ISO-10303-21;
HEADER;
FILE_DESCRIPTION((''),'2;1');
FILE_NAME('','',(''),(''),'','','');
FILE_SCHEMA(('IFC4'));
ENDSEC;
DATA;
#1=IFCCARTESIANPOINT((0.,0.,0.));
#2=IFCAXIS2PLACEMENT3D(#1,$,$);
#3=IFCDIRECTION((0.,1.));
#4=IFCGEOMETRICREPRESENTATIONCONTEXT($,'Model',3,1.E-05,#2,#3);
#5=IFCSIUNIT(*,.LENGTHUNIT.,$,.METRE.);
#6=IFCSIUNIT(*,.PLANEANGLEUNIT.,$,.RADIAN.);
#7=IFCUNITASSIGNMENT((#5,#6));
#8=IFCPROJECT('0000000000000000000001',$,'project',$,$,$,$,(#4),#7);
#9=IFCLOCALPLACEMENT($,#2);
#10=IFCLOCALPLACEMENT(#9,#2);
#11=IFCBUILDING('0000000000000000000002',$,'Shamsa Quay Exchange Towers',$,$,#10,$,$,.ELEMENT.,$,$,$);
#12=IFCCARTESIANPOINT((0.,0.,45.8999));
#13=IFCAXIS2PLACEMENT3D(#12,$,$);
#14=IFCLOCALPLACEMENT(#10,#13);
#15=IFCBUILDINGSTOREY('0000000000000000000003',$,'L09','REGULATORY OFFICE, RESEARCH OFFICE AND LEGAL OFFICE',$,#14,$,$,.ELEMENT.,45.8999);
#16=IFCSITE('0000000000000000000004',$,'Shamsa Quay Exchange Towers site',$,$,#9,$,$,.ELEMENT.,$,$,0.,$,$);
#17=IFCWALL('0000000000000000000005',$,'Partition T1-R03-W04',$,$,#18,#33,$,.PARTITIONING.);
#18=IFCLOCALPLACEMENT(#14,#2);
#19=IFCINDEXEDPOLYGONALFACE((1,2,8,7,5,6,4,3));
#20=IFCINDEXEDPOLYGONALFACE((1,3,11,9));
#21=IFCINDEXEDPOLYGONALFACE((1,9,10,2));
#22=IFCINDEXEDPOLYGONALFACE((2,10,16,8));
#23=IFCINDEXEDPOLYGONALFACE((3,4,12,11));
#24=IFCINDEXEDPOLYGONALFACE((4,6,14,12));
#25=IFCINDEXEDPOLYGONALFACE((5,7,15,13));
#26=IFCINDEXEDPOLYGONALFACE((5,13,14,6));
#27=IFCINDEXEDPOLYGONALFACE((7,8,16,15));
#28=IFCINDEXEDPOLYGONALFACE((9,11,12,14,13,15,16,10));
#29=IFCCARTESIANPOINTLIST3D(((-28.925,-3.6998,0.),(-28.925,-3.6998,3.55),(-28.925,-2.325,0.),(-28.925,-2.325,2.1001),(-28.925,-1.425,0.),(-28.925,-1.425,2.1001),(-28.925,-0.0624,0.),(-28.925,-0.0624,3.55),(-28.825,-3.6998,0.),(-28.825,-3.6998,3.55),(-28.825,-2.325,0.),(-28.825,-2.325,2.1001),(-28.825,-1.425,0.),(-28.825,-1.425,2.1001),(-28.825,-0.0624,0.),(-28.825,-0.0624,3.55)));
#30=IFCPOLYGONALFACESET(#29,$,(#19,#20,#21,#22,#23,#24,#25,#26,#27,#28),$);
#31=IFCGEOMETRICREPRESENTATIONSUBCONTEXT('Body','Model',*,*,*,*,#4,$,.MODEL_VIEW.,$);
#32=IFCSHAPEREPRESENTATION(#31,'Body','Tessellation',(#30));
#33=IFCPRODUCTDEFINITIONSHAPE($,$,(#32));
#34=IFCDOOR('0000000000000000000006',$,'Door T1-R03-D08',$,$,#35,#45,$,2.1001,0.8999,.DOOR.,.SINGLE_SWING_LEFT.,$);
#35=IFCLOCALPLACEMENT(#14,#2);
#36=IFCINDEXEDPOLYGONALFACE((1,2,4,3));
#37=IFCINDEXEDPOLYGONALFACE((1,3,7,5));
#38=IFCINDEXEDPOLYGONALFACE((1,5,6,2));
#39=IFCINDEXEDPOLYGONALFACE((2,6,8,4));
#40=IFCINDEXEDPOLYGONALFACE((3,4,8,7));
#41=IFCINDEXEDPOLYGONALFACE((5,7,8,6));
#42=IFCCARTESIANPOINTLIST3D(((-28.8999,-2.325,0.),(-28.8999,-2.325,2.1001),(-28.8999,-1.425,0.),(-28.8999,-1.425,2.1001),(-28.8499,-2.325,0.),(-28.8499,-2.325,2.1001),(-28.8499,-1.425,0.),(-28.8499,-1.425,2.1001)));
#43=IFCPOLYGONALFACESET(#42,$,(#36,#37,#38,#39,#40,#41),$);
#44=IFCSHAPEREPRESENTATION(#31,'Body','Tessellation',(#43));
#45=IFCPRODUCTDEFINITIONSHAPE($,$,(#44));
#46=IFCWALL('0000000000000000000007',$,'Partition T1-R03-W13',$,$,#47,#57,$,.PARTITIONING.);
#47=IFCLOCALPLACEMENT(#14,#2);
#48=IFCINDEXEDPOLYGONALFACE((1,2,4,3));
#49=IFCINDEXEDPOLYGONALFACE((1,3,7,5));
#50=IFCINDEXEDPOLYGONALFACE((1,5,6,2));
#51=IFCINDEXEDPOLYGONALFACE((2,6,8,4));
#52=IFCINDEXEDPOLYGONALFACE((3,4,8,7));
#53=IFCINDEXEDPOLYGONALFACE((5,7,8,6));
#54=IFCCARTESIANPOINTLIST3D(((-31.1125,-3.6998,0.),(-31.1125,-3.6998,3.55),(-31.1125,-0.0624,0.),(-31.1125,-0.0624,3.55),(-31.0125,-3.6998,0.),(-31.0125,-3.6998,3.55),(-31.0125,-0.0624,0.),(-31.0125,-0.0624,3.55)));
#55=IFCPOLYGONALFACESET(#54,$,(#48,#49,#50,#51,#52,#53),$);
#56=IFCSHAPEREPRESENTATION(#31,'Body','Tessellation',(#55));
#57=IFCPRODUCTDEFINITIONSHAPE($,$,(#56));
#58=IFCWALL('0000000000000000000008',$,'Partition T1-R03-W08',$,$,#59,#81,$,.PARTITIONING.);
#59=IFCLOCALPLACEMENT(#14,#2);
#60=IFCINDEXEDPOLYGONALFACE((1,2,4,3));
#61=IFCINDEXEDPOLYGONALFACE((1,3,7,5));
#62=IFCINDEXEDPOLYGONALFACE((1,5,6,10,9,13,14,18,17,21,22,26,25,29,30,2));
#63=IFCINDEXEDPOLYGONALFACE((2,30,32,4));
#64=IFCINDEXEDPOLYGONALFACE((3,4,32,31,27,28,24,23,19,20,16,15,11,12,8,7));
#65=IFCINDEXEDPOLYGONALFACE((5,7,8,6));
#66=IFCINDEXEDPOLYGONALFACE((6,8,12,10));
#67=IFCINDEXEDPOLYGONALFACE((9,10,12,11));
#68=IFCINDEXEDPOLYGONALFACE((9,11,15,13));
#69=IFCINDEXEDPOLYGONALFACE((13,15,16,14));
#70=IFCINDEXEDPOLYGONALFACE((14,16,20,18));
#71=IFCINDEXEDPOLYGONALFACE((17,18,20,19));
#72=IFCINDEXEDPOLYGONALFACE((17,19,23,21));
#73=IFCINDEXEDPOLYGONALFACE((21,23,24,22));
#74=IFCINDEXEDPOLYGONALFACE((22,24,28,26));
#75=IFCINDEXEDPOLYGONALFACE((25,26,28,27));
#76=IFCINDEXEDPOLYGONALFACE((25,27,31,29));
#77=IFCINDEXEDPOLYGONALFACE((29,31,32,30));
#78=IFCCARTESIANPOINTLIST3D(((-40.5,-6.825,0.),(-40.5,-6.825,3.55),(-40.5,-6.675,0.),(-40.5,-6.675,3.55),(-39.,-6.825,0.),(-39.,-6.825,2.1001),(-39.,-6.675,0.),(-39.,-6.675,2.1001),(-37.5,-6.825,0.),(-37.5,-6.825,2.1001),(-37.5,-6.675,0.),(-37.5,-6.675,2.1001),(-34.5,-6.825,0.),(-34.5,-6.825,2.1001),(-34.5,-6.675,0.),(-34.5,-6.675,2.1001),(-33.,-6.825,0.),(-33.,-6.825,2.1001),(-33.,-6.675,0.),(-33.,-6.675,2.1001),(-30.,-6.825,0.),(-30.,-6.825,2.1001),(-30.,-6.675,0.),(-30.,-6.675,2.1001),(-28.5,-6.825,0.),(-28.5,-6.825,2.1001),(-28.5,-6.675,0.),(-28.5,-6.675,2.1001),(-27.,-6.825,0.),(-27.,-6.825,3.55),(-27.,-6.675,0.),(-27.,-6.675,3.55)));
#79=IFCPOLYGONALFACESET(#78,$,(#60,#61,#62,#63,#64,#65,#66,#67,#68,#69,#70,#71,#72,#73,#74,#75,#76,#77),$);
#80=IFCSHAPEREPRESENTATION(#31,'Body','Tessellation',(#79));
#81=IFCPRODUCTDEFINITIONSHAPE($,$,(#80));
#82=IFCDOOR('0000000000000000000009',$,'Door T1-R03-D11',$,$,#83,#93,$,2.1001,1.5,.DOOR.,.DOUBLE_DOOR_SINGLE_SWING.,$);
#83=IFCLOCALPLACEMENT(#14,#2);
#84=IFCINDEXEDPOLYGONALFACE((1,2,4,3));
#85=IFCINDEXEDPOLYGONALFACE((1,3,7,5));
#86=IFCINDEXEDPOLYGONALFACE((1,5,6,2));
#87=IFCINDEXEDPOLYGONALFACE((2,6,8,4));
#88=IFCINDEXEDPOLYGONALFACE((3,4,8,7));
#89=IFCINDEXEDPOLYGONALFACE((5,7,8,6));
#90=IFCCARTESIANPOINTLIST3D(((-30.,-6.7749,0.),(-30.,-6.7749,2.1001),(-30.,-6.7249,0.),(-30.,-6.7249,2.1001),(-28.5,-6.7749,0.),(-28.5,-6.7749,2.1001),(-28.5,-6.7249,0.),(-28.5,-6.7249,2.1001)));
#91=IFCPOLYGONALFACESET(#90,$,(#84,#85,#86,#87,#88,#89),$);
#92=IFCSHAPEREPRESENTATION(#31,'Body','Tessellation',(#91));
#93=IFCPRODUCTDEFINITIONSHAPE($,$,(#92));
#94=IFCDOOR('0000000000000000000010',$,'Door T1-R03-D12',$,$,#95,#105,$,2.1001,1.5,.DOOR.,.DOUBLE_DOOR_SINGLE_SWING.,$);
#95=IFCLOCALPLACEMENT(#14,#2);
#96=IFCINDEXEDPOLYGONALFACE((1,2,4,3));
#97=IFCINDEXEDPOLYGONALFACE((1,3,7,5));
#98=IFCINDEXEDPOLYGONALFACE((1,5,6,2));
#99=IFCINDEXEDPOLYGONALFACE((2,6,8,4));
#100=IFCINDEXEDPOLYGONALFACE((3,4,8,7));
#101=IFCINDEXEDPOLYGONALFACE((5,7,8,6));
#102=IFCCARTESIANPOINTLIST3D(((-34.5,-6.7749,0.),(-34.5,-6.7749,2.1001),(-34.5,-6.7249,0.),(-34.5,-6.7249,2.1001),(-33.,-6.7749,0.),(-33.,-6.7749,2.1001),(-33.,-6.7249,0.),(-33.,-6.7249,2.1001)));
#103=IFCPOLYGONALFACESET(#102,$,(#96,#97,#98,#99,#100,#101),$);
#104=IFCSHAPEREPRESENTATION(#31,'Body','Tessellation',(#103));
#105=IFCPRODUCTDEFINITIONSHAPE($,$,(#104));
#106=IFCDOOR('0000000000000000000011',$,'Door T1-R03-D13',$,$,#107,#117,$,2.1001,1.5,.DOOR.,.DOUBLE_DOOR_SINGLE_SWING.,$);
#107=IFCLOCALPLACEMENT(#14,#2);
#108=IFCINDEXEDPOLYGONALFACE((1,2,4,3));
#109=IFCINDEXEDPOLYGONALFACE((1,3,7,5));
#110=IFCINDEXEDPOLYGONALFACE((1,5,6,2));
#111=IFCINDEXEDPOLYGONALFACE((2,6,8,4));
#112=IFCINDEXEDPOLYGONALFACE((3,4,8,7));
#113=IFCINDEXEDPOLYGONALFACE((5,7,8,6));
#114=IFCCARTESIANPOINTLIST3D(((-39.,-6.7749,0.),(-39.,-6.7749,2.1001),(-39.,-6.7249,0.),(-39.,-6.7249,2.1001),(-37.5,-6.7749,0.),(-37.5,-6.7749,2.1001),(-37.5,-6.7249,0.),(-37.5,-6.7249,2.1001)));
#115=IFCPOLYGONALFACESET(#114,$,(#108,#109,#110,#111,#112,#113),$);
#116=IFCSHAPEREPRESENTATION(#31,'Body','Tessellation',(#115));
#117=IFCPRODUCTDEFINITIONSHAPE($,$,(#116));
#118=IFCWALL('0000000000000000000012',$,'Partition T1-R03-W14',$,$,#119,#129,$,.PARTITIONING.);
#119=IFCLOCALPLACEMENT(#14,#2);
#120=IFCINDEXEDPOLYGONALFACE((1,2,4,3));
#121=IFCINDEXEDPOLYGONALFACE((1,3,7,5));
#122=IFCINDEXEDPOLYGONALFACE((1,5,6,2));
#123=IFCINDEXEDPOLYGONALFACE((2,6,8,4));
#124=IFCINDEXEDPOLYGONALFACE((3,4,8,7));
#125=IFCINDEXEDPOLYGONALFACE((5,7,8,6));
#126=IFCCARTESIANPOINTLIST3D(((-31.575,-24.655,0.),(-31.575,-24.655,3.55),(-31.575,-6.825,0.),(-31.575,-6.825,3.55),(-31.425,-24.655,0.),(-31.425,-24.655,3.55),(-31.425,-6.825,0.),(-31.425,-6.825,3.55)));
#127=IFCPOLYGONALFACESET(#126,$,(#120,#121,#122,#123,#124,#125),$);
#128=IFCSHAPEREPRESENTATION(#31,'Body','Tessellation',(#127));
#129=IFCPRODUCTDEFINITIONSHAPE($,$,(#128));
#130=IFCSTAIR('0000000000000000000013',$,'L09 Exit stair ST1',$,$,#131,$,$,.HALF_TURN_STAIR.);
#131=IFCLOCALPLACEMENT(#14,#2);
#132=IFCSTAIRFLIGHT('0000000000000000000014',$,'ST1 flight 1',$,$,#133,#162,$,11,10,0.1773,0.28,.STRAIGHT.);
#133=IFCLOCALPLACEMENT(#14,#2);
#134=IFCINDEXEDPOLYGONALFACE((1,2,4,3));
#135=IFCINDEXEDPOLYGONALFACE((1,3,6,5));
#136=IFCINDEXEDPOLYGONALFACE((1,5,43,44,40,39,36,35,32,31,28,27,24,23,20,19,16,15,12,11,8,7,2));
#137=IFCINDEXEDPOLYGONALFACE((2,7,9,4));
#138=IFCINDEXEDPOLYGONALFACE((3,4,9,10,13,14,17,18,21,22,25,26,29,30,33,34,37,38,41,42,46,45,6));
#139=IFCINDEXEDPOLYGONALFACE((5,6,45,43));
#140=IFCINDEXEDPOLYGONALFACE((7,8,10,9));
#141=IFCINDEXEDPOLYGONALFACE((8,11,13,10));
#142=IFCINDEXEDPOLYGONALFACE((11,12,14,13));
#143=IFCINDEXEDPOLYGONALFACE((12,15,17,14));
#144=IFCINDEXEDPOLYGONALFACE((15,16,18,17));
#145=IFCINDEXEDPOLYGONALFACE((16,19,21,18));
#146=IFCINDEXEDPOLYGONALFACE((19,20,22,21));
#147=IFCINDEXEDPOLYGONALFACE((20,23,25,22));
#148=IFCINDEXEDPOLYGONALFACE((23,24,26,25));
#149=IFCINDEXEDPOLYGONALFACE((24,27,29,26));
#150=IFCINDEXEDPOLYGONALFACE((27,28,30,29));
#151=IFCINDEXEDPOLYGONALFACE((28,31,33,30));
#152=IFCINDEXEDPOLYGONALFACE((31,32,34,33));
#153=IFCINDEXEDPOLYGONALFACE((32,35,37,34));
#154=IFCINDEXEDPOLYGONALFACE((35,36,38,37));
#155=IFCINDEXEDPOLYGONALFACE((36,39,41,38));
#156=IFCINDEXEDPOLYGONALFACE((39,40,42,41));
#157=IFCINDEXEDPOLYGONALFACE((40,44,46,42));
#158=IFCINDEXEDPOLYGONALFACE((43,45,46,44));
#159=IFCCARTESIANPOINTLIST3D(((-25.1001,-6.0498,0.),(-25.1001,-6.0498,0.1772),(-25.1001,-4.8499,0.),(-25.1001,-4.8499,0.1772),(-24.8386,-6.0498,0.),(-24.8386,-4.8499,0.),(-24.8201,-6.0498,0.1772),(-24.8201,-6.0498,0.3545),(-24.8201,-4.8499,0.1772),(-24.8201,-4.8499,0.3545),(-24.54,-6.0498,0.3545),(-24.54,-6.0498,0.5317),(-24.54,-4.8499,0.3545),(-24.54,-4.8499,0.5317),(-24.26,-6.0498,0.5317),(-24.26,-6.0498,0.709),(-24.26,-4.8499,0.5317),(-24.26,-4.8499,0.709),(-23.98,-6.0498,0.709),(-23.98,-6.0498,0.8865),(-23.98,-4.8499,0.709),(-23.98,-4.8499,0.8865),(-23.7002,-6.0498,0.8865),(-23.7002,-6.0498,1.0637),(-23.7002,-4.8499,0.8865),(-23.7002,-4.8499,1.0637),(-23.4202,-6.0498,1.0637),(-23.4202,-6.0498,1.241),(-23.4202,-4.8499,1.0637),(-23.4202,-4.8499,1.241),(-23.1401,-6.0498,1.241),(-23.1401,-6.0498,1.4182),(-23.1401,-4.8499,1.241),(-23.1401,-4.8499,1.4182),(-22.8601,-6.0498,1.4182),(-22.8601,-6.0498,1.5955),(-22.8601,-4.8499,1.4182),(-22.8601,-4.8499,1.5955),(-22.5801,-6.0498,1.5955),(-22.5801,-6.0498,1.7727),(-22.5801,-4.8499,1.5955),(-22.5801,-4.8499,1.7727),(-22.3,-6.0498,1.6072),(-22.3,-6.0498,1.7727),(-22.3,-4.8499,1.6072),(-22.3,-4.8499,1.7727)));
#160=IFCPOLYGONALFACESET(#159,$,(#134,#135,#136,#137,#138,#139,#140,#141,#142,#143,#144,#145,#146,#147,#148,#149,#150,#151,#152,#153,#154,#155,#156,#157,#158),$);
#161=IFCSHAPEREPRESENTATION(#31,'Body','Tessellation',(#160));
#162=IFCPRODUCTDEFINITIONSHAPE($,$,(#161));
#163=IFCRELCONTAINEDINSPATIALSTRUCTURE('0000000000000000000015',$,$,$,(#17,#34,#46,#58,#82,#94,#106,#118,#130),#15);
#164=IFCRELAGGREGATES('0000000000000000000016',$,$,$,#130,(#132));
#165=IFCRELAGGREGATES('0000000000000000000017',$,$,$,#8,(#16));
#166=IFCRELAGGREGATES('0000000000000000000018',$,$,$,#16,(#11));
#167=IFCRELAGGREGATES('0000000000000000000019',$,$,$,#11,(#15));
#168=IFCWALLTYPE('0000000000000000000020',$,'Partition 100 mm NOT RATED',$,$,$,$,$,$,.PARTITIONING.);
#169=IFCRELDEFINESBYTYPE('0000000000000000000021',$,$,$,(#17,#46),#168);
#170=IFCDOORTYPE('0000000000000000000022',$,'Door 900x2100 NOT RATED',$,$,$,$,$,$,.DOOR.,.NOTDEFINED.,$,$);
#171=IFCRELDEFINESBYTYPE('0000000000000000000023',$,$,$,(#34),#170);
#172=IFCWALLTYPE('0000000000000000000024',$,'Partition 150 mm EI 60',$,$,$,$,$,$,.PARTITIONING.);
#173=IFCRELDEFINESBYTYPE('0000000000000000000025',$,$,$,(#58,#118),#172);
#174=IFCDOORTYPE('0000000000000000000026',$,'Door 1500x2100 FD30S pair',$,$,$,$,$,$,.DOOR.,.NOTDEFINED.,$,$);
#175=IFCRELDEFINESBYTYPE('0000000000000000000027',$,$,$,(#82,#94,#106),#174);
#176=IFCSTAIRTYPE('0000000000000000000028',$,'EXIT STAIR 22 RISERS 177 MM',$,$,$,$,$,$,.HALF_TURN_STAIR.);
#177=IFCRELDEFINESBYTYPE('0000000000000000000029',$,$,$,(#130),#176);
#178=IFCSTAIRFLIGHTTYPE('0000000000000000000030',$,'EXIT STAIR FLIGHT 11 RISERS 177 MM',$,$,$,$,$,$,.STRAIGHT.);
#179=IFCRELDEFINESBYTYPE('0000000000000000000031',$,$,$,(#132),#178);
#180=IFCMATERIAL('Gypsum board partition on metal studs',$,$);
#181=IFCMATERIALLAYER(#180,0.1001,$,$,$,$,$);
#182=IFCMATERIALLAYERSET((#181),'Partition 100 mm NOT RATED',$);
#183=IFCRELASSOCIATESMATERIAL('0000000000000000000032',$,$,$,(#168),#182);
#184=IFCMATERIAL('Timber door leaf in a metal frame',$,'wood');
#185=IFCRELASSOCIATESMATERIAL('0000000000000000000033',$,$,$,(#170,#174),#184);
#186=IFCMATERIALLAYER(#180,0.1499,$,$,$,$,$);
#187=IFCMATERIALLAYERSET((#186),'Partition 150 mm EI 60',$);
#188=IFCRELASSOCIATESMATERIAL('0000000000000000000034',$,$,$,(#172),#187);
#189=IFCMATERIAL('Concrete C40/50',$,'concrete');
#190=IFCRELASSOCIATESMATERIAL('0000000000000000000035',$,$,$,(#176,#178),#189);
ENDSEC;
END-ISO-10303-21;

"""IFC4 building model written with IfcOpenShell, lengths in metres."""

from ifc_helpers import new_model, si_unit, direction, frame, frame_2d, origin, place, context, subcontext, project, spatial, polyline, rectangle, outline, extrude, material, layer, layer_set, type_object, element, fill, aggregate, save


model = new_model("IFC4")

# Units and contexts
model_context = context("Model", 3, precision=1e-05, world=origin(), true_north=direction((0.0, 1.0)))
body_context = subcontext(model_context, "Body", "Model", "MODEL_VIEW")
ifc_project = project(units=[si_unit("LENGTHUNIT", "METRE"), si_unit("PLANEANGLEUNIT", "RADIAN")], contexts=[model_context])

# Site, building, storey
site_placement = place(None, origin())
site = spatial("IfcSite", under=ifc_project, at=site_placement, Name="Shamsa Quay Exchange Towers site", CompositionType="ELEMENT", RefElevation=0.0)
building_placement = place(site_placement, origin())
building = spatial("IfcBuilding", under=site, at=building_placement, Name="Shamsa Quay Exchange Towers", CompositionType="ELEMENT")
storey_placement = place(building_placement, frame((0.0, 0.0, 45.8999)))
storey = spatial("IfcBuildingStorey", under=building, at=storey_placement, Name="L09", Description="REGULATORY OFFICE, RESEARCH OFFICE AND LEGAL OFFICE", CompositionType="ELEMENT", Elevation=45.8999)

# Wall, opening, door
ifc_material_1 = material(Name="Gypsum board partition on metal studs")
ifc_layer_1 = layer(ifc_material_1, 0.1001)
ifc_layer_set_1 = layer_set([ifc_layer_1], Name="Partition 100 mm NOT RATED")
wall_type_1 = type_object("IfcWallType", Name="Partition 100 mm NOT RATED", PredefinedType="PARTITIONING", material=ifc_layer_set_1)
wall_1_placement = place(storey_placement, frame((-28.875, -3.7, 0.0), z_axis=(0.0, 0.0, 1.0), x_axis=(0.0, 1.0, 0.0)))
wall_1 = element("IfcWall", 1, at=wall_1_placement, inside=storey, type_object=wall_type_1, Name="Partition T1-R03-W04", PredefinedType="PARTITIONING", context=body_context, shape_type="SweptSolid", body=[
    extrude(rectangle(XDim=3.6375, YDim=0.1001, at=frame_2d((1.8188, 0.0))), origin(), (0.0, 0.0, 1.0), 3.55),
])
opening_1_placement = place(wall_1_placement, frame((1.375, 0.0, 0.0)))
opening_1 = element("IfcOpeningElement", 2, at=opening_1_placement, cuts=wall_1, PredefinedType="OPENING", context=body_context, shape_type="SweptSolid", body=[
    extrude(rectangle(XDim=0.8999, YDim=2.1001, at=frame_2d((0.45, 1.05))), frame((0.0, 0.0601, 0.0), z_axis=(0.0, -1.0, 0.0), x_axis=(1.0, 0.0, 0.0)), (0.0, 0.0, 1.0), 0.1201),
])
ifc_material_2 = material(Name="Timber door leaf in a metal frame", Category="wood")
door_type_1 = type_object("IfcDoorType", Name="Door 900x2100 NOT RATED", OperationType="NOTDEFINED", PredefinedType="DOOR", material=ifc_material_2)
door_1_placement = place(opening_1_placement, origin())
door_1 = element("IfcDoor", 3, at=door_1_placement, inside=storey, type_object=door_type_1, Name="Door T1-R03-D08", OperationType="SINGLE_SWING_LEFT", OverallHeight=2.1001, OverallWidth=0.8999, PredefinedType="DOOR", context=body_context, shape_type="SweptSolid", body=[
    extrude(rectangle(XDim=0.8999, YDim=2.1001, at=frame_2d((0.45, 1.05))), frame((0.0, 0.0249, 0.0), z_axis=(0.0, -1.0, 0.0), x_axis=(1.0, 0.0, 0.0)), (0.0, 0.0, 1.0), 0.05),
])
fill(opening_1, door_1)

# Wall
wall_2_placement = place(storey_placement, frame((-31.0625, -3.7, 0.0), z_axis=(0.0, 0.0, 1.0), x_axis=(0.0, 1.0, 0.0)))
element("IfcWall", 4, at=wall_2_placement, inside=storey, type_object=wall_type_1, Name="Partition T1-R03-W13", PredefinedType="PARTITIONING", context=body_context, shape_type="SweptSolid", body=[
    extrude(rectangle(XDim=3.6375, YDim=0.1001, at=frame_2d((1.8188, 0.0))), origin(), (0.0, 0.0, 1.0), 3.55),
])

# Wall, openings, doors
ifc_layer_2 = layer(ifc_material_1, 0.1499)
ifc_layer_set_2 = layer_set([ifc_layer_2], Name="Partition 150 mm EI 60")
wall_type_2 = type_object("IfcWallType", Name="Partition 150 mm EI 60", PredefinedType="PARTITIONING", material=ifc_layer_set_2)
wall_3_placement = place(storey_placement, frame((-27.0, -6.75, 0.0), z_axis=(0.0, 0.0, 1.0), x_axis=(-1.0, 0.0, 0.0)))
wall_3 = element("IfcWall", 5, at=wall_3_placement, inside=storey, type_object=wall_type_2, Name="Partition T1-R03-W08", PredefinedType="PARTITIONING", context=body_context, shape_type="SweptSolid", body=[
    extrude(rectangle(XDim=13.5, YDim=0.1499, at=frame_2d((6.75, 0.0))), origin(), (0.0, 0.0, 1.0), 3.55),
])
opening_2_placement = place(wall_3_placement, frame((1.5, 0.0, 0.0)))
opening_2 = element("IfcOpeningElement", 6, at=opening_2_placement, cuts=wall_3, PredefinedType="OPENING", context=body_context, shape_type="SweptSolid", body=[
    extrude(rectangle(XDim=1.5, YDim=2.1001, at=frame_2d((0.75, 1.05))), frame((0.0, 0.085, 0.0), z_axis=(0.0, -1.0, 0.0), x_axis=(1.0, 0.0, 0.0)), (0.0, 0.0, 1.0), 0.1699),
])
opening_3_placement = place(wall_3_placement, frame((6.0, 0.0, 0.0)))
opening_3 = element("IfcOpeningElement", 7, at=opening_3_placement, cuts=wall_3, PredefinedType="OPENING", context=body_context, shape_type="SweptSolid", body=[
    extrude(rectangle(XDim=1.5, YDim=2.1001, at=frame_2d((0.75, 1.05))), frame((0.0, 0.085, 0.0), z_axis=(0.0, -1.0, 0.0), x_axis=(1.0, 0.0, 0.0)), (0.0, 0.0, 1.0), 0.1699),
])
opening_4_placement = place(wall_3_placement, frame((10.5, 0.0, 0.0)))
opening_4 = element("IfcOpeningElement", 8, at=opening_4_placement, cuts=wall_3, PredefinedType="OPENING", context=body_context, shape_type="SweptSolid", body=[
    extrude(rectangle(XDim=1.5, YDim=2.1001, at=frame_2d((0.75, 1.05))), frame((0.0, 0.085, 0.0), z_axis=(0.0, -1.0, 0.0), x_axis=(1.0, 0.0, 0.0)), (0.0, 0.0, 1.0), 0.1699),
])
door_type_2 = type_object("IfcDoorType", Name="Door 1500x2100 FD30S pair", OperationType="NOTDEFINED", PredefinedType="DOOR", material=ifc_material_2)
door_2_placement = place(opening_2_placement, origin())
door_2 = element("IfcDoor", 9, at=door_2_placement, inside=storey, type_object=door_type_2, Name="Door T1-R03-D11", OperationType="DOUBLE_DOOR_SINGLE_SWING", OverallHeight=2.1001, OverallWidth=1.5, PredefinedType="DOOR", context=body_context, shape_type="SweptSolid", body=[
    extrude(rectangle(XDim=1.5, YDim=2.1001, at=frame_2d((0.75, 1.05))), frame((0.0, 0.0249, 0.0), z_axis=(0.0, -1.0, 0.0), x_axis=(1.0, 0.0, 0.0)), (0.0, 0.0, 1.0), 0.05),
])
fill(opening_2, door_2)
door_3_placement = place(opening_3_placement, origin())
door_3 = element("IfcDoor", 10, at=door_3_placement, inside=storey, type_object=door_type_2, Name="Door T1-R03-D12", OperationType="DOUBLE_DOOR_SINGLE_SWING", OverallHeight=2.1001, OverallWidth=1.5, PredefinedType="DOOR", context=body_context, shape_type="SweptSolid", body=[
    extrude(rectangle(XDim=1.5, YDim=2.1001, at=frame_2d((0.75, 1.05))), frame((0.0, 0.0249, 0.0), z_axis=(0.0, -1.0, 0.0), x_axis=(1.0, 0.0, 0.0)), (0.0, 0.0, 1.0), 0.05),
])
fill(opening_3, door_3)
door_4_placement = place(opening_4_placement, origin())
door_4 = element("IfcDoor", 11, at=door_4_placement, inside=storey, type_object=door_type_2, Name="Door T1-R03-D13", OperationType="DOUBLE_DOOR_SINGLE_SWING", OverallHeight=2.1001, OverallWidth=1.5, PredefinedType="DOOR", context=body_context, shape_type="SweptSolid", body=[
    extrude(rectangle(XDim=1.5, YDim=2.1001, at=frame_2d((0.75, 1.05))), frame((0.0, 0.0249, 0.0), z_axis=(0.0, -1.0, 0.0), x_axis=(1.0, 0.0, 0.0)), (0.0, 0.0, 1.0), 0.05),
])
fill(opening_4, door_4)

# Wall
wall_4_placement = place(storey_placement, frame((-31.5, -24.655, 0.0), z_axis=(0.0, 0.0, 1.0), x_axis=(0.0, 1.0, 0.0)))
element("IfcWall", 12, at=wall_4_placement, inside=storey, type_object=wall_type_2, Name="Partition T1-R03-W14", PredefinedType="PARTITIONING", context=body_context, shape_type="SweptSolid", body=[
    extrude(rectangle(XDim=17.8301, YDim=0.1499, at=frame_2d((8.915, 0.0))), origin(), (0.0, 0.0, 1.0), 3.55),
])

# Stair, stair flight
ifc_material_3 = material(Name="Concrete C40/50", Category="concrete")
stair_type = type_object("IfcStairType", Name="EXIT STAIR 22 RISERS 177 MM", PredefinedType="HALF_TURN_STAIR", material=ifc_material_3)
stair_placement = place(storey_placement, origin())
stair = element("IfcStair", 13, at=stair_placement, inside=storey, type_object=stair_type, Name="L09 Exit stair ST1", PredefinedType="HALF_TURN_STAIR")
stair_flight_type = type_object("IfcStairFlightType", Name="EXIT STAIR FLIGHT 11 RISERS 177 MM", PredefinedType="STRAIGHT", material=ifc_material_3)
stair_flight_placement = place(storey_placement, frame((-25.1001, -5.45, 0.0)))
stair_flight = element("IfcStairFlight", 14, at=stair_flight_placement, type_object=stair_flight_type, Name="ST1 flight 1", NumberOfRisers=11, NumberOfTreads=10, PredefinedType="STRAIGHT", RiserHeight=0.1773, TreadLength=0.28, context=body_context, shape_type="SweptSolid", body=[
    extrude(outline(polyline([(0.0, 0.0), (0.0, 0.1772), (0.28, 0.1772), (0.28, 0.3545), (0.5601, 0.3545), (0.5601, 0.5317), (0.8401, 0.5317), (0.8401, 0.709), (1.1201, 0.709), (1.1201, 0.8865), (1.3999, 0.8865), (1.3999, 1.0637), (1.6799, 1.0637), (1.6799, 1.241), (1.96, 1.241), (1.96, 1.4182), (2.24, 1.4182), (2.24, 1.5955), (2.52, 1.5955), (2.52, 1.7727), (2.8, 1.7727), (2.8, 1.95), (2.8, 1.6072), (0.2615, 0.0), (0.0, 0.0)])), frame((0.0, 0.6001, 0.0), z_axis=(0.0, -1.0, 0.0), x_axis=(1.0, 0.0, 0.0)), (0.0, 0.0, 1.0), 1.2),
])
aggregate(stair, [stair_flight])

save(model, "model.ifc")
